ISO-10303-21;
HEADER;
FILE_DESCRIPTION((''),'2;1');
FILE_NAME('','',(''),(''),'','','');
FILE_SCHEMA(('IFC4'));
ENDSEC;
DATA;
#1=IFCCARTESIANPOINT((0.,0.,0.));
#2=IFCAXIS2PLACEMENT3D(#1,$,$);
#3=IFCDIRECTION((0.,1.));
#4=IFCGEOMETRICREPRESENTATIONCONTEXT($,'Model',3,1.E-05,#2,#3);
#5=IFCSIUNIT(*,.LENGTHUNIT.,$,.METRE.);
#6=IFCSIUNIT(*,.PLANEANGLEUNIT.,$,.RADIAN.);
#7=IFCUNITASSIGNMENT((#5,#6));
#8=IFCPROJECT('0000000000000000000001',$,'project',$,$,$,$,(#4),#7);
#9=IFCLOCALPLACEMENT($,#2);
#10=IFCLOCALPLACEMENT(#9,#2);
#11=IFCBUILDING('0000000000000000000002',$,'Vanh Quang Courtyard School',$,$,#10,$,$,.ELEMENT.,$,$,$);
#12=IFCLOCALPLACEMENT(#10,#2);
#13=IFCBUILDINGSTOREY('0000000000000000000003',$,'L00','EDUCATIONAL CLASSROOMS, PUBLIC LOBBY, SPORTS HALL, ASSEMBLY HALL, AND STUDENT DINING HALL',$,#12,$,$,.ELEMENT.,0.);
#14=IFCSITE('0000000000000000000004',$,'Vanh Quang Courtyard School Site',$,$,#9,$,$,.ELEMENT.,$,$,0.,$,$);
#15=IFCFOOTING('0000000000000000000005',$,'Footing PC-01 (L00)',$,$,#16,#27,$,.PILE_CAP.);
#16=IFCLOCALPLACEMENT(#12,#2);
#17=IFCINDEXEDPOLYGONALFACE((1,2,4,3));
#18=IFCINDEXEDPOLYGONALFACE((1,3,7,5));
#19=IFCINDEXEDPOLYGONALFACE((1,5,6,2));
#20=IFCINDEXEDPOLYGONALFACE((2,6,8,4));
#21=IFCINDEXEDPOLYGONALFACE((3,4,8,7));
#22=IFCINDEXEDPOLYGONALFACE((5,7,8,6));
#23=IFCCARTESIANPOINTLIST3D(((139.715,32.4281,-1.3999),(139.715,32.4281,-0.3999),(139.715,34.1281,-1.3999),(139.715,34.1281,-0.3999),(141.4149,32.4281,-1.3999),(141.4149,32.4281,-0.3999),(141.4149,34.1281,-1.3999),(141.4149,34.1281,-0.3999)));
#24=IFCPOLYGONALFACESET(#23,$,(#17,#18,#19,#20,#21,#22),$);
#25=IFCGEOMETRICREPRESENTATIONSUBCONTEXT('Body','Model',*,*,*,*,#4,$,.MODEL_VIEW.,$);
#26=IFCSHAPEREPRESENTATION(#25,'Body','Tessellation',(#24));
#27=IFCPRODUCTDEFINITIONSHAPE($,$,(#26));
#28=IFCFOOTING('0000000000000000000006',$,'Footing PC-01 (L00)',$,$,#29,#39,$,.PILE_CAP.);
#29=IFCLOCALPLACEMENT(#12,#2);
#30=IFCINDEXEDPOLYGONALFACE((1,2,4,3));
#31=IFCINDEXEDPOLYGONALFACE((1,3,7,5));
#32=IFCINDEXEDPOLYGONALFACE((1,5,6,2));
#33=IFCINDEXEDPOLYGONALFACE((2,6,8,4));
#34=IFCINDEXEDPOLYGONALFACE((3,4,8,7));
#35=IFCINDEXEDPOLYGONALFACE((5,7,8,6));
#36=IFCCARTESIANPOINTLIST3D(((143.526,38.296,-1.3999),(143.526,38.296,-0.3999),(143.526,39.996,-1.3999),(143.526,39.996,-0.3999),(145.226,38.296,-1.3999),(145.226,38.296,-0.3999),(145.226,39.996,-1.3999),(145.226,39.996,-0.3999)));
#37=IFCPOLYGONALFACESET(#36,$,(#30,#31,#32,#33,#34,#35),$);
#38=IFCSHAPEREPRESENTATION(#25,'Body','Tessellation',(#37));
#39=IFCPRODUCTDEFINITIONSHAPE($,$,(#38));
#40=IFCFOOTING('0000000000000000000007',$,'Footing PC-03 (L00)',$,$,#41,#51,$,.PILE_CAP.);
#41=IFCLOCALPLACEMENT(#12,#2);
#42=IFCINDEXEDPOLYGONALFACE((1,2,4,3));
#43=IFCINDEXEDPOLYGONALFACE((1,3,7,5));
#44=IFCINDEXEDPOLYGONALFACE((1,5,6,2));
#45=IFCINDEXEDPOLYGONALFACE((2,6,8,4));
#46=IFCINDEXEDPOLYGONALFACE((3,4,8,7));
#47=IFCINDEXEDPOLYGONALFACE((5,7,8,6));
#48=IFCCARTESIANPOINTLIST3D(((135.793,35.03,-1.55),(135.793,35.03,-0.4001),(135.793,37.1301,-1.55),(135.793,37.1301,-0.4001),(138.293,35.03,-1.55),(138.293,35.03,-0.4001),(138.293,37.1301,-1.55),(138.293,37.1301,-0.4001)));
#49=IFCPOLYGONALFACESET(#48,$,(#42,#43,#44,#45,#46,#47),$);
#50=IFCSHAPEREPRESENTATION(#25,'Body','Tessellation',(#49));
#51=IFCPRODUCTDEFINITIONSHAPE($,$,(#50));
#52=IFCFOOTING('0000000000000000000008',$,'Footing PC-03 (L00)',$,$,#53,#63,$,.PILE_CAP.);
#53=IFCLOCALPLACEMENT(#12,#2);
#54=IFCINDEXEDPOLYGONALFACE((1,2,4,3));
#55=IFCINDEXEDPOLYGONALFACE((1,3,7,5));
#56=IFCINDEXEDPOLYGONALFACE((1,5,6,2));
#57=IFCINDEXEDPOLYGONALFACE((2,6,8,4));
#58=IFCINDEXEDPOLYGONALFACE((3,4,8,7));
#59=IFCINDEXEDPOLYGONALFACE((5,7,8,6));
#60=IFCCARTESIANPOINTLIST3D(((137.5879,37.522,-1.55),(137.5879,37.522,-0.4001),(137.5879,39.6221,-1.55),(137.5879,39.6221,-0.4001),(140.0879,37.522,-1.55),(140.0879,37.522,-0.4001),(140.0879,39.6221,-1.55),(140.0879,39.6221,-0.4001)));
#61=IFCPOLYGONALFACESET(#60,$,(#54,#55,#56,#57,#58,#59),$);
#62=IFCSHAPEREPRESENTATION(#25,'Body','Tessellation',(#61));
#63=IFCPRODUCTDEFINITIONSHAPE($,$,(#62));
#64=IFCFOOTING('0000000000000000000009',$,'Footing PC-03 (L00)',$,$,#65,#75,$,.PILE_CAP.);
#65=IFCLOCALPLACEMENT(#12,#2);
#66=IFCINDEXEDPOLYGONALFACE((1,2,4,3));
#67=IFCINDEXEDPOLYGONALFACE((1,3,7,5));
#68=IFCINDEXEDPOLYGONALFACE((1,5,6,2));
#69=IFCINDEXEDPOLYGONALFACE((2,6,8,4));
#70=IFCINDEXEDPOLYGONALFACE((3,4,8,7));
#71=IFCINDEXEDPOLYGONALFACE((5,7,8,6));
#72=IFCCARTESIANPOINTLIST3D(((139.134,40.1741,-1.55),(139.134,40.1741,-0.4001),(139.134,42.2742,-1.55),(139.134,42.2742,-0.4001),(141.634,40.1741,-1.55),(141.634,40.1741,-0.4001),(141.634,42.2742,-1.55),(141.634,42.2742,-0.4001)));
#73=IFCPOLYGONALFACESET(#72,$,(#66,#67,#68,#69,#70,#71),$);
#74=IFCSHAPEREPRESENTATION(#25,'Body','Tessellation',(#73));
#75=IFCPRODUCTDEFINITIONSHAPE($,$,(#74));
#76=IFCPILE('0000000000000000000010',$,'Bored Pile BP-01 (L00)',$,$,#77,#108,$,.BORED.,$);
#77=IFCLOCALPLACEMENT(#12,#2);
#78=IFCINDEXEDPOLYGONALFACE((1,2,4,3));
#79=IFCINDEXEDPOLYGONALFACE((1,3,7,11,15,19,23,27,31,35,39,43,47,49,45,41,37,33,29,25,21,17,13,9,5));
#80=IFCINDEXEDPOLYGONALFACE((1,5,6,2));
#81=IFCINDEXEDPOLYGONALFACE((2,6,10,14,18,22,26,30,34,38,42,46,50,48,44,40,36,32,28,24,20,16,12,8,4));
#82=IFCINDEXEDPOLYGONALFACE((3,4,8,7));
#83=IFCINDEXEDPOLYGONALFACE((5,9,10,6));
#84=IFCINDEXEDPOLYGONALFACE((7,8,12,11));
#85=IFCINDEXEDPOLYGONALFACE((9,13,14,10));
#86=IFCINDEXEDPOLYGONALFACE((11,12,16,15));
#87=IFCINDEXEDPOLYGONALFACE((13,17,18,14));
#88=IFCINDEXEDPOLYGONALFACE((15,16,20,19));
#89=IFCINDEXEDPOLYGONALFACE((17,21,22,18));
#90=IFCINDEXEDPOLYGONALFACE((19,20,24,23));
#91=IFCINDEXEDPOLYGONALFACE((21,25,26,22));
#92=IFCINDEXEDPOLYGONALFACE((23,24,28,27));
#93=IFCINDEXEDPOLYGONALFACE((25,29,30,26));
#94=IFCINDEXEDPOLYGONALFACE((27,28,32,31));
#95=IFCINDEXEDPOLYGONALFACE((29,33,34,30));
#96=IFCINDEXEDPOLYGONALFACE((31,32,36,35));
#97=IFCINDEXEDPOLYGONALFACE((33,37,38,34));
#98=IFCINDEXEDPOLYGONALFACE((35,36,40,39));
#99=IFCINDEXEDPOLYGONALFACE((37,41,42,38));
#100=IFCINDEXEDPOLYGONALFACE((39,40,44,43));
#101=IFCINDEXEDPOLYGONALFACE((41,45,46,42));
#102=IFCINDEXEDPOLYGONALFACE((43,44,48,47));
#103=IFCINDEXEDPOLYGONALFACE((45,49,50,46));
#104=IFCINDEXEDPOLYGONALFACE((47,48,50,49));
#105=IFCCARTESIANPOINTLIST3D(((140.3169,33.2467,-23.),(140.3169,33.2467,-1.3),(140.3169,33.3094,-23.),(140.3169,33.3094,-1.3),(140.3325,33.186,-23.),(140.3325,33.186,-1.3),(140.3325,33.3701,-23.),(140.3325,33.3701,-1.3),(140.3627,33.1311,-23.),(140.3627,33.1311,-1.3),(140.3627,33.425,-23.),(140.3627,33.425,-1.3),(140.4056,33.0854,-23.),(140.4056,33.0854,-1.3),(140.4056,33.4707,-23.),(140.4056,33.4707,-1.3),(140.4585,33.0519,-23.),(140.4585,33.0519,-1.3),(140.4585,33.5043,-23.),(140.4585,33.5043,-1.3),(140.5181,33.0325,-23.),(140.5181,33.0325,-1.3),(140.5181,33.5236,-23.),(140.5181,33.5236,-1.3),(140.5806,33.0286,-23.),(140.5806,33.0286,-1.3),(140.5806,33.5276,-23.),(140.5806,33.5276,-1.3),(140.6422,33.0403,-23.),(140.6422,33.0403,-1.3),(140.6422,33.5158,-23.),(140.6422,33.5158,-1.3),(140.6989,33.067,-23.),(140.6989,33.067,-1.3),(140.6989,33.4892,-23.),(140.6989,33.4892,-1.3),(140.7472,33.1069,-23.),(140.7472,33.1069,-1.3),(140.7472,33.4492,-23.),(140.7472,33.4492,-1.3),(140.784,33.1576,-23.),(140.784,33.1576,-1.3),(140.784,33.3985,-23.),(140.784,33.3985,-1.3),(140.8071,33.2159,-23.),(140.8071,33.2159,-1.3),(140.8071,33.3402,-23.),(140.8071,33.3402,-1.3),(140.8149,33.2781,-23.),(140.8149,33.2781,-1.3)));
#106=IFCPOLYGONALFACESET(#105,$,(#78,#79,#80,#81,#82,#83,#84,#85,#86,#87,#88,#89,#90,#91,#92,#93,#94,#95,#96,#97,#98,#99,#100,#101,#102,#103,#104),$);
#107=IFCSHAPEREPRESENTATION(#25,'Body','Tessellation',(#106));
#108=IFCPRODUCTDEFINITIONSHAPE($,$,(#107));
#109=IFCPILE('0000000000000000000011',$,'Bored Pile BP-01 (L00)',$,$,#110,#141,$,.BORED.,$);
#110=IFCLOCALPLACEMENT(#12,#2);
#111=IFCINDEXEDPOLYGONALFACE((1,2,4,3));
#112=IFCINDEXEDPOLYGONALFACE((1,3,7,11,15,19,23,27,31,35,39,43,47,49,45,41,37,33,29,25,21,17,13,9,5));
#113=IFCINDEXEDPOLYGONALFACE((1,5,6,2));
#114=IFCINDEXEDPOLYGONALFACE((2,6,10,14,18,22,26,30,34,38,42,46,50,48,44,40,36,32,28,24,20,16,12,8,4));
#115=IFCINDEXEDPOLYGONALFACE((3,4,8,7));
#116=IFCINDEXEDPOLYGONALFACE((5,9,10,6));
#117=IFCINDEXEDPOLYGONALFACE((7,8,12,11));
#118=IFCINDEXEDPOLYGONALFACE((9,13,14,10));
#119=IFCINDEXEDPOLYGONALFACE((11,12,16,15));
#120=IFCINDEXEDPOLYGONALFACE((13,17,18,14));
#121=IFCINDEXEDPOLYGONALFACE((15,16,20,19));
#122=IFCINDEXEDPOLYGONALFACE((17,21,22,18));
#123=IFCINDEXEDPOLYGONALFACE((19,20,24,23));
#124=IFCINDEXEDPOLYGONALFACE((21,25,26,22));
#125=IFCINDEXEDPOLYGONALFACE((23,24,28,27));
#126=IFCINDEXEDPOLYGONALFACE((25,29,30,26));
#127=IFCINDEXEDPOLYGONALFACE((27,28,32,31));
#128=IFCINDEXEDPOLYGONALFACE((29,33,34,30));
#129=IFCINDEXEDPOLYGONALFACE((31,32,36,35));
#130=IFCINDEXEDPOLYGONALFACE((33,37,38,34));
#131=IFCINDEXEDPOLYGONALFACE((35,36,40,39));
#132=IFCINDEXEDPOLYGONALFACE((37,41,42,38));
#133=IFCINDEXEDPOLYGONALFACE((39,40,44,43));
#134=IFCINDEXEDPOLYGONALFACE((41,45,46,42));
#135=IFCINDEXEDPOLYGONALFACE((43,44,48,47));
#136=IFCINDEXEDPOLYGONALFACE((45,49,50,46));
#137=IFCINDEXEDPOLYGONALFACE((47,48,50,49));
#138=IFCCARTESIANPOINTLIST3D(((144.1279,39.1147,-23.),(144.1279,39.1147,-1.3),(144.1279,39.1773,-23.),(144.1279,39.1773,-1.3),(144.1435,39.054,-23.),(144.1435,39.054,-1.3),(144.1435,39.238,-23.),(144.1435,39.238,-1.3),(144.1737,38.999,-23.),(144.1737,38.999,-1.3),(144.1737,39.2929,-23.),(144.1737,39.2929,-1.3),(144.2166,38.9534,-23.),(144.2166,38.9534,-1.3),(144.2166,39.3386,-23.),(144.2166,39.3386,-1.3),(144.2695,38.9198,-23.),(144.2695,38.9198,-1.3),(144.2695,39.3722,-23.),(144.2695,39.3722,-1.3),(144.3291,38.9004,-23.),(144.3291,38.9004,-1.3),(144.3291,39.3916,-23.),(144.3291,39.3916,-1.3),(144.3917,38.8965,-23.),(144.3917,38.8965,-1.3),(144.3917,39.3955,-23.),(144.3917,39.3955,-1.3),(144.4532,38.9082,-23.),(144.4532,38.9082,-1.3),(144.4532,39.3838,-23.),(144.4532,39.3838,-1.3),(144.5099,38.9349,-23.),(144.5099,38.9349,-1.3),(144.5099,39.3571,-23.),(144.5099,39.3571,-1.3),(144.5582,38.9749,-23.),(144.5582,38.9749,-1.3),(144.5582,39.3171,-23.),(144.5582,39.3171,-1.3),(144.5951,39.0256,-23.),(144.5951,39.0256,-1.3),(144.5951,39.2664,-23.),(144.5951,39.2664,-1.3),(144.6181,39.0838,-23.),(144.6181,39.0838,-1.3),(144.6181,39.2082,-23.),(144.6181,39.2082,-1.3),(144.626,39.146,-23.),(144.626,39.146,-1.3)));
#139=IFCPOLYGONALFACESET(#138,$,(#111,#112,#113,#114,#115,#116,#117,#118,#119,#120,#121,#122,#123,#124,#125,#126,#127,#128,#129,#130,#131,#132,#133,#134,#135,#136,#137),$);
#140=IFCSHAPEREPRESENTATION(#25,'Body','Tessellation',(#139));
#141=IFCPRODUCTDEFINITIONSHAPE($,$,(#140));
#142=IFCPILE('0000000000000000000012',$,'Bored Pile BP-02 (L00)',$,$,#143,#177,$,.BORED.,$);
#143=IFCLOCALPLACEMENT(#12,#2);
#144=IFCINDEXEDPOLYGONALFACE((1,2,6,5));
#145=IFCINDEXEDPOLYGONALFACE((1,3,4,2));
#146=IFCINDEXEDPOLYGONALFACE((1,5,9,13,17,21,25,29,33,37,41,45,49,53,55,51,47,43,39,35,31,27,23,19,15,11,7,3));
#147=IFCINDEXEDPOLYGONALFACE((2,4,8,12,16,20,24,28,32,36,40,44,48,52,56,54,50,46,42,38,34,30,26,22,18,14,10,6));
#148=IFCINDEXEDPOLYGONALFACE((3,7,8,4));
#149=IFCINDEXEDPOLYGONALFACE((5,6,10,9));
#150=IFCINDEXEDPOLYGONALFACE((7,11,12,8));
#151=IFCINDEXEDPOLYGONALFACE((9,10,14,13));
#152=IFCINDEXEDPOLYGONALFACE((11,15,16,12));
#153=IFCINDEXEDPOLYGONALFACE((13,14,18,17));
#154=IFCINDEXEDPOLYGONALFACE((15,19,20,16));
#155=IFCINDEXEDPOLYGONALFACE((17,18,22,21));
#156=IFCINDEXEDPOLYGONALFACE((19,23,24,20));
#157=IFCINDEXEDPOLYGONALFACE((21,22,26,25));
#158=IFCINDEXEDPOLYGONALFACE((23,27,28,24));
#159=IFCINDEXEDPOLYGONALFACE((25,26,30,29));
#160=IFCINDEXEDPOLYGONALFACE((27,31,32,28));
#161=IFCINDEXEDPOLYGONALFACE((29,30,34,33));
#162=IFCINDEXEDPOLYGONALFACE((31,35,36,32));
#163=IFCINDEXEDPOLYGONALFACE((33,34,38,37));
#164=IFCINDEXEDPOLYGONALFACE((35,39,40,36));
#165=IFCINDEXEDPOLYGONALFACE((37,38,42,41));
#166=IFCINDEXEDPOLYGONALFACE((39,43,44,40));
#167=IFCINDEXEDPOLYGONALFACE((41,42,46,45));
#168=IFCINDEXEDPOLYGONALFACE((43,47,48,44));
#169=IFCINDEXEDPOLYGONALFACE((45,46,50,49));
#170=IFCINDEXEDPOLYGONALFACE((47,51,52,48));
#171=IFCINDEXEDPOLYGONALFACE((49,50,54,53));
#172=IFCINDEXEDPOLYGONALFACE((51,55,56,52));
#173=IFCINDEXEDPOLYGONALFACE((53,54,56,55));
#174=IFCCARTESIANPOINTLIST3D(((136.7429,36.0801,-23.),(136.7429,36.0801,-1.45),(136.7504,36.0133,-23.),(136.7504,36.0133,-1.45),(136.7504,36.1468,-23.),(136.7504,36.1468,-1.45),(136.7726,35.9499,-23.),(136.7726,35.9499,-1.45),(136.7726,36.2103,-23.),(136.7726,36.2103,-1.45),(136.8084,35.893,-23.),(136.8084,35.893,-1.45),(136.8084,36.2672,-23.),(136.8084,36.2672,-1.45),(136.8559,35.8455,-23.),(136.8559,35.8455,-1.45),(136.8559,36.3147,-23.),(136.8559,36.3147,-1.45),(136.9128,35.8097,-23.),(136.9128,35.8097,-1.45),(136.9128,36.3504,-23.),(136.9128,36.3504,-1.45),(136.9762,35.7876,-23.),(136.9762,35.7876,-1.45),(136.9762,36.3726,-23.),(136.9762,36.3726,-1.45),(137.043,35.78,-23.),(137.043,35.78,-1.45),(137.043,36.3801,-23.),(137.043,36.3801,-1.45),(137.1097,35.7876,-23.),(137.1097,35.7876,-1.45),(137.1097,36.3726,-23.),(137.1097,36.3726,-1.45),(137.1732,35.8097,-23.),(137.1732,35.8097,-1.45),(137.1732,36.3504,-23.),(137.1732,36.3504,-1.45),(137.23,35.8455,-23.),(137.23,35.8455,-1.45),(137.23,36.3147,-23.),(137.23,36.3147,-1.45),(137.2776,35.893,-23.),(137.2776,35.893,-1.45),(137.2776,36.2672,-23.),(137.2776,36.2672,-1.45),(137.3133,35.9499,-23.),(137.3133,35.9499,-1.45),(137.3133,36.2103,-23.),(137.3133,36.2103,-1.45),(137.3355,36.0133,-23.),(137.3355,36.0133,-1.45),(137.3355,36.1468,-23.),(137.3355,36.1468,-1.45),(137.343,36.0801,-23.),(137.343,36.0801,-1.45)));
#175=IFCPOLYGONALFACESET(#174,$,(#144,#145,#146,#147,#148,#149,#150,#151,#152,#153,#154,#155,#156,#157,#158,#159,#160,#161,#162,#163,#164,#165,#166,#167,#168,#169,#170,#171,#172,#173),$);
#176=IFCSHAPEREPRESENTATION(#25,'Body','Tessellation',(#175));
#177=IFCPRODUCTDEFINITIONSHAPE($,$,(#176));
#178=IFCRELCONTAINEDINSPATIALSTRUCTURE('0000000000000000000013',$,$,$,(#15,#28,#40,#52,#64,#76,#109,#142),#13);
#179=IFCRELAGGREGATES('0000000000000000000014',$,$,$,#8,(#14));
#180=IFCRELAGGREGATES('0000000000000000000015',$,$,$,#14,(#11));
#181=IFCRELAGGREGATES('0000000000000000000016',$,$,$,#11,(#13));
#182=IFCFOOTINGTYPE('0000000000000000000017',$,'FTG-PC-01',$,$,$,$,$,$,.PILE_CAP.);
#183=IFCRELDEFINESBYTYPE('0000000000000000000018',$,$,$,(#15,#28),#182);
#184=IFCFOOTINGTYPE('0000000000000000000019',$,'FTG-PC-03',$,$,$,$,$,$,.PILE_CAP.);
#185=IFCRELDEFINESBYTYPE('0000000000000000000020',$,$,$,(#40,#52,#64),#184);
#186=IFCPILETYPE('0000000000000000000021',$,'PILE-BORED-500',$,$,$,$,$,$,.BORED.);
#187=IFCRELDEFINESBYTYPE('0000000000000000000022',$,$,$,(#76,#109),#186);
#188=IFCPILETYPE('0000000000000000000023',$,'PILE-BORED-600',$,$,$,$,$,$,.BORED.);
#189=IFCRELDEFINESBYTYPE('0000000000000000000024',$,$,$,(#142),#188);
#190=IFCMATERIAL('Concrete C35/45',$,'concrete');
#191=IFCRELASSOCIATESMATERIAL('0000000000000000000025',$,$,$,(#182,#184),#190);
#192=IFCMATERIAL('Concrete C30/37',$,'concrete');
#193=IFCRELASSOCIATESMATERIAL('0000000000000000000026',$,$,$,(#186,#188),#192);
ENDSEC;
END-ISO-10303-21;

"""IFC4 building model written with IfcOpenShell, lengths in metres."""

from ifc_helpers import new_model, si_unit, direction, frame, origin, origin_2d, place, context, subcontext, project, spatial, rectangle, circle, extrude, material, material_profile, profile_set, type_object, element, save


model = new_model("IFC4")

# Units and contexts
model_context = context("Model", 3, precision=1e-05, world=origin(), true_north=direction((0.0, 1.0)))
body_context = subcontext(model_context, "Body", "Model", "MODEL_VIEW")
ifc_project = project(units=[si_unit("LENGTHUNIT", "METRE"), si_unit("PLANEANGLEUNIT", "RADIAN")], contexts=[model_context])

# Site, building, storey
site_placement = place(None, origin())
site = spatial("IfcSite", under=ifc_project, at=site_placement, Name="Vanh Quang Courtyard School Site", CompositionType="ELEMENT", RefElevation=0.0)
building_placement = place(site_placement, origin())
building = spatial("IfcBuilding", under=site, at=building_placement, Name="Vanh Quang Courtyard School", CompositionType="ELEMENT")
storey_placement = place(building_placement, origin())
storey = spatial("IfcBuildingStorey", under=building, at=storey_placement, Name="L00", Description="EDUCATIONAL CLASSROOMS, PUBLIC LOBBY, SPORTS HALL, ASSEMBLY HALL, AND STUDENT DINING HALL", CompositionType="ELEMENT", Elevation=0.0)

# Footings
ifc_material_1 = material(Name="Concrete C35/45", Category="concrete")
footing_type_1 = type_object("IfcFootingType", Name="FTG-PC-01", PredefinedType="PILE_CAP", material=ifc_material_1)
for number, where, z_axis, x_axis, name in (
    (1, (140.5649, 33.2781, -1.3999), (0.0, 0.0, 1.0), (1.0, 0.0, 0.0), "Footing PC-01 (L00)"),
    (2, (144.376, 39.146, -1.3999), (0.0, 0.0, 1.0), (1.0, 0.0, 0.0), "Footing PC-01 (L00)"),
):
    element("IfcFooting", number, at=place(storey_placement, frame(where, z_axis=z_axis, x_axis=x_axis)), inside=storey, type_object=footing_type_1, Name=name, PredefinedType="PILE_CAP", context=body_context, shape_type="SweptSolid", body=[
        extrude(rectangle(XDim=1.7, YDim=1.7, at=origin_2d()), origin(), (0.0, 0.0, 1.0), 1.0),
    ])
footing_type_2 = type_object("IfcFootingType", Name="FTG-PC-03", PredefinedType="PILE_CAP", material=ifc_material_1)
for number, where, z_axis, x_axis, name in (
    (3, (137.043, 36.0801, -1.55), (0.0, 0.0, 1.0), (1.0, 0.0, 0.0), "Footing PC-03 (L00)"),
    (4, (138.8379, 38.572, -1.55), (0.0, 0.0, 1.0), (1.0, 0.0, 0.0), "Footing PC-03 (L00)"),
    (5, (140.384, 41.2241, -1.55), (0.0, 0.0, 1.0), (1.0, 0.0, 0.0), "Footing PC-03 (L00)"),
):
    element("IfcFooting", number, at=place(storey_placement, frame(where, z_axis=z_axis, x_axis=x_axis)), inside=storey, type_object=footing_type_2, Name=name, PredefinedType="PILE_CAP", context=body_context, shape_type="SweptSolid", body=[
        extrude(rectangle(XDim=2.5, YDim=2.1001, at=origin_2d()), origin(), (0.0, 0.0, 1.0), 1.1499),
    ])

# Piles
ifc_material_2 = material(Name="Concrete C30/37", Category="concrete")
ifc_material_profile_1 = material_profile(ifc_material_2, circle(Radius=0.25, at=origin_2d()), Name="PILE D500")
ifc_profile_set_1 = profile_set([ifc_material_profile_1], Name="Concrete C30/37")
pile_type_1 = type_object("IfcPileType", Name="PILE-BORED-500", PredefinedType="BORED", material=ifc_profile_set_1)
for number, where, z_axis, x_axis, name in (
    (6, (140.5649, 33.2781, -1.3), (0.0, 0.0, -1.0), (1.0, 0.0, 0.0), "Bored Pile BP-01 (L00)"),
    (7, (144.376, 39.146, -1.3), (0.0, 0.0, -1.0), (1.0, 0.0, 0.0), "Bored Pile BP-01 (L00)"),
):
    element("IfcPile", number, at=place(storey_placement, frame(where, z_axis=z_axis, x_axis=x_axis)), inside=storey, type_object=pile_type_1, Name=name, PredefinedType="BORED", context=body_context, shape_type="SweptSolid", body=[
        extrude(circle(Radius=0.25, at=origin_2d()), origin(), (0.0, 0.0, 1.0), 21.7),
    ])
ifc_material_profile_2 = material_profile(ifc_material_2, circle(Radius=0.3, at=origin_2d()), Name="PILE D600")
ifc_profile_set_2 = profile_set([ifc_material_profile_2], Name="Concrete C30/37")
pile_type_2 = type_object("IfcPileType", Name="PILE-BORED-600", PredefinedType="BORED", material=ifc_profile_set_2)
for number, where, z_axis, x_axis, name in (
    (8, (137.043, 36.0801, -1.45), (0.0, 0.0, -1.0), (1.0, 0.0, 0.0), "Bored Pile BP-02 (L00)"),
):
    element("IfcPile", number, at=place(storey_placement, frame(where, z_axis=z_axis, x_axis=x_axis)), inside=storey, type_object=pile_type_2, Name=name, PredefinedType="BORED", context=body_context, shape_type="SweptSolid", body=[
        extrude(circle(Radius=0.3, at=origin_2d()), origin(), (0.0, 0.0, 1.0), 21.55),
    ])

save(model, "model.ifc")
